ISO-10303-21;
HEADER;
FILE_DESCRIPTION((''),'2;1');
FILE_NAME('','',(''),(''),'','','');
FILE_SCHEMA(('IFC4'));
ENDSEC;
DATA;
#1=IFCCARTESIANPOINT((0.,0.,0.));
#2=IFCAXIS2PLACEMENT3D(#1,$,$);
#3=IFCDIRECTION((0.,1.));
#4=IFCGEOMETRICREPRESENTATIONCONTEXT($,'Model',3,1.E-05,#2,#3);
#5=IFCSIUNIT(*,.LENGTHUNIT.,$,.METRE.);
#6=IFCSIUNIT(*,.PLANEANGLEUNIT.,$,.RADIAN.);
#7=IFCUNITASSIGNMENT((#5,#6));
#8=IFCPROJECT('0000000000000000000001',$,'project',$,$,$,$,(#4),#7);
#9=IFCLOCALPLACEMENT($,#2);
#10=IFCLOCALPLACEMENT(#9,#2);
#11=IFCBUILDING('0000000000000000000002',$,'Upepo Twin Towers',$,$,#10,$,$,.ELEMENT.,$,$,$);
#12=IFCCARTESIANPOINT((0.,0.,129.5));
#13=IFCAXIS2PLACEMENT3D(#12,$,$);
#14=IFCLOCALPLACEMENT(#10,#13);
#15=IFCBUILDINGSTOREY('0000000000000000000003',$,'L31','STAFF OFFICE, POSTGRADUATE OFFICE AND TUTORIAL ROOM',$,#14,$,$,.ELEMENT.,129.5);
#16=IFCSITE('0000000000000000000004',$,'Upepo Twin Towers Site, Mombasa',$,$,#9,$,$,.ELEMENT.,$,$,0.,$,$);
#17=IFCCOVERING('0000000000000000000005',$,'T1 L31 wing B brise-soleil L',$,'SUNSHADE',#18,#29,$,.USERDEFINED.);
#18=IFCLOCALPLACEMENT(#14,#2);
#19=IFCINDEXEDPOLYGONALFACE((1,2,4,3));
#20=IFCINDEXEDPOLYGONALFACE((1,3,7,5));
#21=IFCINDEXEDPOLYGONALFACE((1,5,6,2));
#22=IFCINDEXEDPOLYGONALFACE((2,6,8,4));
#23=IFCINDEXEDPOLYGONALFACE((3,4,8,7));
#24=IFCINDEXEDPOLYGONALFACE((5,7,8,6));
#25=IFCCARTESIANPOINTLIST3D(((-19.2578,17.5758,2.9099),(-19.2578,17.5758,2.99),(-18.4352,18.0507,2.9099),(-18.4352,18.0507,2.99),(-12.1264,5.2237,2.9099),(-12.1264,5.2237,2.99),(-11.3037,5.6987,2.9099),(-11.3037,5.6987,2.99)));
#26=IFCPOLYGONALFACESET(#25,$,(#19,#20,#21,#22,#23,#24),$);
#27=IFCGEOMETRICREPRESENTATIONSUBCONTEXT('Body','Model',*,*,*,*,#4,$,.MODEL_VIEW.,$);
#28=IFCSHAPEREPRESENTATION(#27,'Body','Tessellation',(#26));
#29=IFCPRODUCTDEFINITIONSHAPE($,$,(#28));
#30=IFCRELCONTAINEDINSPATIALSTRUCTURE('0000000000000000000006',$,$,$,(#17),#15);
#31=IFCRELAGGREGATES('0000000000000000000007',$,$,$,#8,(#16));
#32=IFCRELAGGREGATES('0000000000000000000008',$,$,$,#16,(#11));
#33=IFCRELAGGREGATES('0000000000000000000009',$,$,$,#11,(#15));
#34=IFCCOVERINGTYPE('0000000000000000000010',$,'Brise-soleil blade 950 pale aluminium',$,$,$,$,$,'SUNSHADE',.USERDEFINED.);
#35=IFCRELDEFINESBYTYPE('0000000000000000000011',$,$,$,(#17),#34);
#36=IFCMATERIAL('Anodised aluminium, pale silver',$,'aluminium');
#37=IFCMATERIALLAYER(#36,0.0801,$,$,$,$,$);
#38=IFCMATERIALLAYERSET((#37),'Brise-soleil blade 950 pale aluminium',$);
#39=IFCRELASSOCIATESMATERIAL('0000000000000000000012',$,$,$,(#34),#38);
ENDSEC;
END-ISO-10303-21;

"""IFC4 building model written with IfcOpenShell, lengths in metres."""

from ifc_helpers import new_model, si_unit, direction, frame, origin, origin_2d, place, context, subcontext, project, spatial, rectangle, extrude, material, layer, layer_set, type_object, element, save


model = new_model("IFC4")

# Units and contexts
model_context = context("Model", 3, precision=1e-05, world=origin(), true_north=direction((0.0, 1.0)))
body_context = subcontext(model_context, "Body", "Model", "MODEL_VIEW")
ifc_project = project(units=[si_unit("LENGTHUNIT", "METRE"), si_unit("PLANEANGLEUNIT", "RADIAN")], contexts=[model_context])

# Site, building, storey
site_placement = place(None, origin())
site = spatial("IfcSite", under=ifc_project, at=site_placement, Name="Upepo Twin Towers Site, Mombasa", CompositionType="ELEMENT", RefElevation=0.0)
building_placement = place(site_placement, origin())
building = spatial("IfcBuilding", under=site, at=building_placement, Name="Upepo Twin Towers", CompositionType="ELEMENT")
storey_placement = place(building_placement, frame((0.0, 0.0, 129.5)))
storey = spatial("IfcBuildingStorey", under=building, at=storey_placement, Name="L31", Description="STAFF OFFICE, POSTGRADUATE OFFICE AND TUTORIAL ROOM", CompositionType="ELEMENT", Elevation=129.5)

# Covering
ifc_material_1 = material(Name="Anodised aluminium, pale silver", Category="aluminium")
ifc_layer_1 = layer(ifc_material_1, 0.0801)
ifc_layer_set_1 = layer_set([ifc_layer_1], Name="Brise-soleil blade 950 pale aluminium")
covering_type = type_object("IfcCoveringType", Name="Brise-soleil blade 950 pale aluminium", ElementType="SUNSHADE", PredefinedType="USERDEFINED", material=ifc_layer_set_1)
covering_placement = place(storey_placement, frame((-15.2808, 11.6372, 2.9099), z_axis=(0.0, 0.0, 1.0), x_axis=(-0.5, 0.866025, 0.0)))
element("IfcCovering", 1, at=covering_placement, inside=storey, type_object=covering_type, Name="T1 L31 wing B brise-soleil L", ObjectType="SUNSHADE", PredefinedType="USERDEFINED", context=body_context, shape_type="SweptSolid", body=[
    extrude(rectangle(XDim=14.2629, YDim=0.95, at=origin_2d()), origin(), (0.0, 0.0, 1.0), 0.0801),
])

save(model, "model.ifc")
